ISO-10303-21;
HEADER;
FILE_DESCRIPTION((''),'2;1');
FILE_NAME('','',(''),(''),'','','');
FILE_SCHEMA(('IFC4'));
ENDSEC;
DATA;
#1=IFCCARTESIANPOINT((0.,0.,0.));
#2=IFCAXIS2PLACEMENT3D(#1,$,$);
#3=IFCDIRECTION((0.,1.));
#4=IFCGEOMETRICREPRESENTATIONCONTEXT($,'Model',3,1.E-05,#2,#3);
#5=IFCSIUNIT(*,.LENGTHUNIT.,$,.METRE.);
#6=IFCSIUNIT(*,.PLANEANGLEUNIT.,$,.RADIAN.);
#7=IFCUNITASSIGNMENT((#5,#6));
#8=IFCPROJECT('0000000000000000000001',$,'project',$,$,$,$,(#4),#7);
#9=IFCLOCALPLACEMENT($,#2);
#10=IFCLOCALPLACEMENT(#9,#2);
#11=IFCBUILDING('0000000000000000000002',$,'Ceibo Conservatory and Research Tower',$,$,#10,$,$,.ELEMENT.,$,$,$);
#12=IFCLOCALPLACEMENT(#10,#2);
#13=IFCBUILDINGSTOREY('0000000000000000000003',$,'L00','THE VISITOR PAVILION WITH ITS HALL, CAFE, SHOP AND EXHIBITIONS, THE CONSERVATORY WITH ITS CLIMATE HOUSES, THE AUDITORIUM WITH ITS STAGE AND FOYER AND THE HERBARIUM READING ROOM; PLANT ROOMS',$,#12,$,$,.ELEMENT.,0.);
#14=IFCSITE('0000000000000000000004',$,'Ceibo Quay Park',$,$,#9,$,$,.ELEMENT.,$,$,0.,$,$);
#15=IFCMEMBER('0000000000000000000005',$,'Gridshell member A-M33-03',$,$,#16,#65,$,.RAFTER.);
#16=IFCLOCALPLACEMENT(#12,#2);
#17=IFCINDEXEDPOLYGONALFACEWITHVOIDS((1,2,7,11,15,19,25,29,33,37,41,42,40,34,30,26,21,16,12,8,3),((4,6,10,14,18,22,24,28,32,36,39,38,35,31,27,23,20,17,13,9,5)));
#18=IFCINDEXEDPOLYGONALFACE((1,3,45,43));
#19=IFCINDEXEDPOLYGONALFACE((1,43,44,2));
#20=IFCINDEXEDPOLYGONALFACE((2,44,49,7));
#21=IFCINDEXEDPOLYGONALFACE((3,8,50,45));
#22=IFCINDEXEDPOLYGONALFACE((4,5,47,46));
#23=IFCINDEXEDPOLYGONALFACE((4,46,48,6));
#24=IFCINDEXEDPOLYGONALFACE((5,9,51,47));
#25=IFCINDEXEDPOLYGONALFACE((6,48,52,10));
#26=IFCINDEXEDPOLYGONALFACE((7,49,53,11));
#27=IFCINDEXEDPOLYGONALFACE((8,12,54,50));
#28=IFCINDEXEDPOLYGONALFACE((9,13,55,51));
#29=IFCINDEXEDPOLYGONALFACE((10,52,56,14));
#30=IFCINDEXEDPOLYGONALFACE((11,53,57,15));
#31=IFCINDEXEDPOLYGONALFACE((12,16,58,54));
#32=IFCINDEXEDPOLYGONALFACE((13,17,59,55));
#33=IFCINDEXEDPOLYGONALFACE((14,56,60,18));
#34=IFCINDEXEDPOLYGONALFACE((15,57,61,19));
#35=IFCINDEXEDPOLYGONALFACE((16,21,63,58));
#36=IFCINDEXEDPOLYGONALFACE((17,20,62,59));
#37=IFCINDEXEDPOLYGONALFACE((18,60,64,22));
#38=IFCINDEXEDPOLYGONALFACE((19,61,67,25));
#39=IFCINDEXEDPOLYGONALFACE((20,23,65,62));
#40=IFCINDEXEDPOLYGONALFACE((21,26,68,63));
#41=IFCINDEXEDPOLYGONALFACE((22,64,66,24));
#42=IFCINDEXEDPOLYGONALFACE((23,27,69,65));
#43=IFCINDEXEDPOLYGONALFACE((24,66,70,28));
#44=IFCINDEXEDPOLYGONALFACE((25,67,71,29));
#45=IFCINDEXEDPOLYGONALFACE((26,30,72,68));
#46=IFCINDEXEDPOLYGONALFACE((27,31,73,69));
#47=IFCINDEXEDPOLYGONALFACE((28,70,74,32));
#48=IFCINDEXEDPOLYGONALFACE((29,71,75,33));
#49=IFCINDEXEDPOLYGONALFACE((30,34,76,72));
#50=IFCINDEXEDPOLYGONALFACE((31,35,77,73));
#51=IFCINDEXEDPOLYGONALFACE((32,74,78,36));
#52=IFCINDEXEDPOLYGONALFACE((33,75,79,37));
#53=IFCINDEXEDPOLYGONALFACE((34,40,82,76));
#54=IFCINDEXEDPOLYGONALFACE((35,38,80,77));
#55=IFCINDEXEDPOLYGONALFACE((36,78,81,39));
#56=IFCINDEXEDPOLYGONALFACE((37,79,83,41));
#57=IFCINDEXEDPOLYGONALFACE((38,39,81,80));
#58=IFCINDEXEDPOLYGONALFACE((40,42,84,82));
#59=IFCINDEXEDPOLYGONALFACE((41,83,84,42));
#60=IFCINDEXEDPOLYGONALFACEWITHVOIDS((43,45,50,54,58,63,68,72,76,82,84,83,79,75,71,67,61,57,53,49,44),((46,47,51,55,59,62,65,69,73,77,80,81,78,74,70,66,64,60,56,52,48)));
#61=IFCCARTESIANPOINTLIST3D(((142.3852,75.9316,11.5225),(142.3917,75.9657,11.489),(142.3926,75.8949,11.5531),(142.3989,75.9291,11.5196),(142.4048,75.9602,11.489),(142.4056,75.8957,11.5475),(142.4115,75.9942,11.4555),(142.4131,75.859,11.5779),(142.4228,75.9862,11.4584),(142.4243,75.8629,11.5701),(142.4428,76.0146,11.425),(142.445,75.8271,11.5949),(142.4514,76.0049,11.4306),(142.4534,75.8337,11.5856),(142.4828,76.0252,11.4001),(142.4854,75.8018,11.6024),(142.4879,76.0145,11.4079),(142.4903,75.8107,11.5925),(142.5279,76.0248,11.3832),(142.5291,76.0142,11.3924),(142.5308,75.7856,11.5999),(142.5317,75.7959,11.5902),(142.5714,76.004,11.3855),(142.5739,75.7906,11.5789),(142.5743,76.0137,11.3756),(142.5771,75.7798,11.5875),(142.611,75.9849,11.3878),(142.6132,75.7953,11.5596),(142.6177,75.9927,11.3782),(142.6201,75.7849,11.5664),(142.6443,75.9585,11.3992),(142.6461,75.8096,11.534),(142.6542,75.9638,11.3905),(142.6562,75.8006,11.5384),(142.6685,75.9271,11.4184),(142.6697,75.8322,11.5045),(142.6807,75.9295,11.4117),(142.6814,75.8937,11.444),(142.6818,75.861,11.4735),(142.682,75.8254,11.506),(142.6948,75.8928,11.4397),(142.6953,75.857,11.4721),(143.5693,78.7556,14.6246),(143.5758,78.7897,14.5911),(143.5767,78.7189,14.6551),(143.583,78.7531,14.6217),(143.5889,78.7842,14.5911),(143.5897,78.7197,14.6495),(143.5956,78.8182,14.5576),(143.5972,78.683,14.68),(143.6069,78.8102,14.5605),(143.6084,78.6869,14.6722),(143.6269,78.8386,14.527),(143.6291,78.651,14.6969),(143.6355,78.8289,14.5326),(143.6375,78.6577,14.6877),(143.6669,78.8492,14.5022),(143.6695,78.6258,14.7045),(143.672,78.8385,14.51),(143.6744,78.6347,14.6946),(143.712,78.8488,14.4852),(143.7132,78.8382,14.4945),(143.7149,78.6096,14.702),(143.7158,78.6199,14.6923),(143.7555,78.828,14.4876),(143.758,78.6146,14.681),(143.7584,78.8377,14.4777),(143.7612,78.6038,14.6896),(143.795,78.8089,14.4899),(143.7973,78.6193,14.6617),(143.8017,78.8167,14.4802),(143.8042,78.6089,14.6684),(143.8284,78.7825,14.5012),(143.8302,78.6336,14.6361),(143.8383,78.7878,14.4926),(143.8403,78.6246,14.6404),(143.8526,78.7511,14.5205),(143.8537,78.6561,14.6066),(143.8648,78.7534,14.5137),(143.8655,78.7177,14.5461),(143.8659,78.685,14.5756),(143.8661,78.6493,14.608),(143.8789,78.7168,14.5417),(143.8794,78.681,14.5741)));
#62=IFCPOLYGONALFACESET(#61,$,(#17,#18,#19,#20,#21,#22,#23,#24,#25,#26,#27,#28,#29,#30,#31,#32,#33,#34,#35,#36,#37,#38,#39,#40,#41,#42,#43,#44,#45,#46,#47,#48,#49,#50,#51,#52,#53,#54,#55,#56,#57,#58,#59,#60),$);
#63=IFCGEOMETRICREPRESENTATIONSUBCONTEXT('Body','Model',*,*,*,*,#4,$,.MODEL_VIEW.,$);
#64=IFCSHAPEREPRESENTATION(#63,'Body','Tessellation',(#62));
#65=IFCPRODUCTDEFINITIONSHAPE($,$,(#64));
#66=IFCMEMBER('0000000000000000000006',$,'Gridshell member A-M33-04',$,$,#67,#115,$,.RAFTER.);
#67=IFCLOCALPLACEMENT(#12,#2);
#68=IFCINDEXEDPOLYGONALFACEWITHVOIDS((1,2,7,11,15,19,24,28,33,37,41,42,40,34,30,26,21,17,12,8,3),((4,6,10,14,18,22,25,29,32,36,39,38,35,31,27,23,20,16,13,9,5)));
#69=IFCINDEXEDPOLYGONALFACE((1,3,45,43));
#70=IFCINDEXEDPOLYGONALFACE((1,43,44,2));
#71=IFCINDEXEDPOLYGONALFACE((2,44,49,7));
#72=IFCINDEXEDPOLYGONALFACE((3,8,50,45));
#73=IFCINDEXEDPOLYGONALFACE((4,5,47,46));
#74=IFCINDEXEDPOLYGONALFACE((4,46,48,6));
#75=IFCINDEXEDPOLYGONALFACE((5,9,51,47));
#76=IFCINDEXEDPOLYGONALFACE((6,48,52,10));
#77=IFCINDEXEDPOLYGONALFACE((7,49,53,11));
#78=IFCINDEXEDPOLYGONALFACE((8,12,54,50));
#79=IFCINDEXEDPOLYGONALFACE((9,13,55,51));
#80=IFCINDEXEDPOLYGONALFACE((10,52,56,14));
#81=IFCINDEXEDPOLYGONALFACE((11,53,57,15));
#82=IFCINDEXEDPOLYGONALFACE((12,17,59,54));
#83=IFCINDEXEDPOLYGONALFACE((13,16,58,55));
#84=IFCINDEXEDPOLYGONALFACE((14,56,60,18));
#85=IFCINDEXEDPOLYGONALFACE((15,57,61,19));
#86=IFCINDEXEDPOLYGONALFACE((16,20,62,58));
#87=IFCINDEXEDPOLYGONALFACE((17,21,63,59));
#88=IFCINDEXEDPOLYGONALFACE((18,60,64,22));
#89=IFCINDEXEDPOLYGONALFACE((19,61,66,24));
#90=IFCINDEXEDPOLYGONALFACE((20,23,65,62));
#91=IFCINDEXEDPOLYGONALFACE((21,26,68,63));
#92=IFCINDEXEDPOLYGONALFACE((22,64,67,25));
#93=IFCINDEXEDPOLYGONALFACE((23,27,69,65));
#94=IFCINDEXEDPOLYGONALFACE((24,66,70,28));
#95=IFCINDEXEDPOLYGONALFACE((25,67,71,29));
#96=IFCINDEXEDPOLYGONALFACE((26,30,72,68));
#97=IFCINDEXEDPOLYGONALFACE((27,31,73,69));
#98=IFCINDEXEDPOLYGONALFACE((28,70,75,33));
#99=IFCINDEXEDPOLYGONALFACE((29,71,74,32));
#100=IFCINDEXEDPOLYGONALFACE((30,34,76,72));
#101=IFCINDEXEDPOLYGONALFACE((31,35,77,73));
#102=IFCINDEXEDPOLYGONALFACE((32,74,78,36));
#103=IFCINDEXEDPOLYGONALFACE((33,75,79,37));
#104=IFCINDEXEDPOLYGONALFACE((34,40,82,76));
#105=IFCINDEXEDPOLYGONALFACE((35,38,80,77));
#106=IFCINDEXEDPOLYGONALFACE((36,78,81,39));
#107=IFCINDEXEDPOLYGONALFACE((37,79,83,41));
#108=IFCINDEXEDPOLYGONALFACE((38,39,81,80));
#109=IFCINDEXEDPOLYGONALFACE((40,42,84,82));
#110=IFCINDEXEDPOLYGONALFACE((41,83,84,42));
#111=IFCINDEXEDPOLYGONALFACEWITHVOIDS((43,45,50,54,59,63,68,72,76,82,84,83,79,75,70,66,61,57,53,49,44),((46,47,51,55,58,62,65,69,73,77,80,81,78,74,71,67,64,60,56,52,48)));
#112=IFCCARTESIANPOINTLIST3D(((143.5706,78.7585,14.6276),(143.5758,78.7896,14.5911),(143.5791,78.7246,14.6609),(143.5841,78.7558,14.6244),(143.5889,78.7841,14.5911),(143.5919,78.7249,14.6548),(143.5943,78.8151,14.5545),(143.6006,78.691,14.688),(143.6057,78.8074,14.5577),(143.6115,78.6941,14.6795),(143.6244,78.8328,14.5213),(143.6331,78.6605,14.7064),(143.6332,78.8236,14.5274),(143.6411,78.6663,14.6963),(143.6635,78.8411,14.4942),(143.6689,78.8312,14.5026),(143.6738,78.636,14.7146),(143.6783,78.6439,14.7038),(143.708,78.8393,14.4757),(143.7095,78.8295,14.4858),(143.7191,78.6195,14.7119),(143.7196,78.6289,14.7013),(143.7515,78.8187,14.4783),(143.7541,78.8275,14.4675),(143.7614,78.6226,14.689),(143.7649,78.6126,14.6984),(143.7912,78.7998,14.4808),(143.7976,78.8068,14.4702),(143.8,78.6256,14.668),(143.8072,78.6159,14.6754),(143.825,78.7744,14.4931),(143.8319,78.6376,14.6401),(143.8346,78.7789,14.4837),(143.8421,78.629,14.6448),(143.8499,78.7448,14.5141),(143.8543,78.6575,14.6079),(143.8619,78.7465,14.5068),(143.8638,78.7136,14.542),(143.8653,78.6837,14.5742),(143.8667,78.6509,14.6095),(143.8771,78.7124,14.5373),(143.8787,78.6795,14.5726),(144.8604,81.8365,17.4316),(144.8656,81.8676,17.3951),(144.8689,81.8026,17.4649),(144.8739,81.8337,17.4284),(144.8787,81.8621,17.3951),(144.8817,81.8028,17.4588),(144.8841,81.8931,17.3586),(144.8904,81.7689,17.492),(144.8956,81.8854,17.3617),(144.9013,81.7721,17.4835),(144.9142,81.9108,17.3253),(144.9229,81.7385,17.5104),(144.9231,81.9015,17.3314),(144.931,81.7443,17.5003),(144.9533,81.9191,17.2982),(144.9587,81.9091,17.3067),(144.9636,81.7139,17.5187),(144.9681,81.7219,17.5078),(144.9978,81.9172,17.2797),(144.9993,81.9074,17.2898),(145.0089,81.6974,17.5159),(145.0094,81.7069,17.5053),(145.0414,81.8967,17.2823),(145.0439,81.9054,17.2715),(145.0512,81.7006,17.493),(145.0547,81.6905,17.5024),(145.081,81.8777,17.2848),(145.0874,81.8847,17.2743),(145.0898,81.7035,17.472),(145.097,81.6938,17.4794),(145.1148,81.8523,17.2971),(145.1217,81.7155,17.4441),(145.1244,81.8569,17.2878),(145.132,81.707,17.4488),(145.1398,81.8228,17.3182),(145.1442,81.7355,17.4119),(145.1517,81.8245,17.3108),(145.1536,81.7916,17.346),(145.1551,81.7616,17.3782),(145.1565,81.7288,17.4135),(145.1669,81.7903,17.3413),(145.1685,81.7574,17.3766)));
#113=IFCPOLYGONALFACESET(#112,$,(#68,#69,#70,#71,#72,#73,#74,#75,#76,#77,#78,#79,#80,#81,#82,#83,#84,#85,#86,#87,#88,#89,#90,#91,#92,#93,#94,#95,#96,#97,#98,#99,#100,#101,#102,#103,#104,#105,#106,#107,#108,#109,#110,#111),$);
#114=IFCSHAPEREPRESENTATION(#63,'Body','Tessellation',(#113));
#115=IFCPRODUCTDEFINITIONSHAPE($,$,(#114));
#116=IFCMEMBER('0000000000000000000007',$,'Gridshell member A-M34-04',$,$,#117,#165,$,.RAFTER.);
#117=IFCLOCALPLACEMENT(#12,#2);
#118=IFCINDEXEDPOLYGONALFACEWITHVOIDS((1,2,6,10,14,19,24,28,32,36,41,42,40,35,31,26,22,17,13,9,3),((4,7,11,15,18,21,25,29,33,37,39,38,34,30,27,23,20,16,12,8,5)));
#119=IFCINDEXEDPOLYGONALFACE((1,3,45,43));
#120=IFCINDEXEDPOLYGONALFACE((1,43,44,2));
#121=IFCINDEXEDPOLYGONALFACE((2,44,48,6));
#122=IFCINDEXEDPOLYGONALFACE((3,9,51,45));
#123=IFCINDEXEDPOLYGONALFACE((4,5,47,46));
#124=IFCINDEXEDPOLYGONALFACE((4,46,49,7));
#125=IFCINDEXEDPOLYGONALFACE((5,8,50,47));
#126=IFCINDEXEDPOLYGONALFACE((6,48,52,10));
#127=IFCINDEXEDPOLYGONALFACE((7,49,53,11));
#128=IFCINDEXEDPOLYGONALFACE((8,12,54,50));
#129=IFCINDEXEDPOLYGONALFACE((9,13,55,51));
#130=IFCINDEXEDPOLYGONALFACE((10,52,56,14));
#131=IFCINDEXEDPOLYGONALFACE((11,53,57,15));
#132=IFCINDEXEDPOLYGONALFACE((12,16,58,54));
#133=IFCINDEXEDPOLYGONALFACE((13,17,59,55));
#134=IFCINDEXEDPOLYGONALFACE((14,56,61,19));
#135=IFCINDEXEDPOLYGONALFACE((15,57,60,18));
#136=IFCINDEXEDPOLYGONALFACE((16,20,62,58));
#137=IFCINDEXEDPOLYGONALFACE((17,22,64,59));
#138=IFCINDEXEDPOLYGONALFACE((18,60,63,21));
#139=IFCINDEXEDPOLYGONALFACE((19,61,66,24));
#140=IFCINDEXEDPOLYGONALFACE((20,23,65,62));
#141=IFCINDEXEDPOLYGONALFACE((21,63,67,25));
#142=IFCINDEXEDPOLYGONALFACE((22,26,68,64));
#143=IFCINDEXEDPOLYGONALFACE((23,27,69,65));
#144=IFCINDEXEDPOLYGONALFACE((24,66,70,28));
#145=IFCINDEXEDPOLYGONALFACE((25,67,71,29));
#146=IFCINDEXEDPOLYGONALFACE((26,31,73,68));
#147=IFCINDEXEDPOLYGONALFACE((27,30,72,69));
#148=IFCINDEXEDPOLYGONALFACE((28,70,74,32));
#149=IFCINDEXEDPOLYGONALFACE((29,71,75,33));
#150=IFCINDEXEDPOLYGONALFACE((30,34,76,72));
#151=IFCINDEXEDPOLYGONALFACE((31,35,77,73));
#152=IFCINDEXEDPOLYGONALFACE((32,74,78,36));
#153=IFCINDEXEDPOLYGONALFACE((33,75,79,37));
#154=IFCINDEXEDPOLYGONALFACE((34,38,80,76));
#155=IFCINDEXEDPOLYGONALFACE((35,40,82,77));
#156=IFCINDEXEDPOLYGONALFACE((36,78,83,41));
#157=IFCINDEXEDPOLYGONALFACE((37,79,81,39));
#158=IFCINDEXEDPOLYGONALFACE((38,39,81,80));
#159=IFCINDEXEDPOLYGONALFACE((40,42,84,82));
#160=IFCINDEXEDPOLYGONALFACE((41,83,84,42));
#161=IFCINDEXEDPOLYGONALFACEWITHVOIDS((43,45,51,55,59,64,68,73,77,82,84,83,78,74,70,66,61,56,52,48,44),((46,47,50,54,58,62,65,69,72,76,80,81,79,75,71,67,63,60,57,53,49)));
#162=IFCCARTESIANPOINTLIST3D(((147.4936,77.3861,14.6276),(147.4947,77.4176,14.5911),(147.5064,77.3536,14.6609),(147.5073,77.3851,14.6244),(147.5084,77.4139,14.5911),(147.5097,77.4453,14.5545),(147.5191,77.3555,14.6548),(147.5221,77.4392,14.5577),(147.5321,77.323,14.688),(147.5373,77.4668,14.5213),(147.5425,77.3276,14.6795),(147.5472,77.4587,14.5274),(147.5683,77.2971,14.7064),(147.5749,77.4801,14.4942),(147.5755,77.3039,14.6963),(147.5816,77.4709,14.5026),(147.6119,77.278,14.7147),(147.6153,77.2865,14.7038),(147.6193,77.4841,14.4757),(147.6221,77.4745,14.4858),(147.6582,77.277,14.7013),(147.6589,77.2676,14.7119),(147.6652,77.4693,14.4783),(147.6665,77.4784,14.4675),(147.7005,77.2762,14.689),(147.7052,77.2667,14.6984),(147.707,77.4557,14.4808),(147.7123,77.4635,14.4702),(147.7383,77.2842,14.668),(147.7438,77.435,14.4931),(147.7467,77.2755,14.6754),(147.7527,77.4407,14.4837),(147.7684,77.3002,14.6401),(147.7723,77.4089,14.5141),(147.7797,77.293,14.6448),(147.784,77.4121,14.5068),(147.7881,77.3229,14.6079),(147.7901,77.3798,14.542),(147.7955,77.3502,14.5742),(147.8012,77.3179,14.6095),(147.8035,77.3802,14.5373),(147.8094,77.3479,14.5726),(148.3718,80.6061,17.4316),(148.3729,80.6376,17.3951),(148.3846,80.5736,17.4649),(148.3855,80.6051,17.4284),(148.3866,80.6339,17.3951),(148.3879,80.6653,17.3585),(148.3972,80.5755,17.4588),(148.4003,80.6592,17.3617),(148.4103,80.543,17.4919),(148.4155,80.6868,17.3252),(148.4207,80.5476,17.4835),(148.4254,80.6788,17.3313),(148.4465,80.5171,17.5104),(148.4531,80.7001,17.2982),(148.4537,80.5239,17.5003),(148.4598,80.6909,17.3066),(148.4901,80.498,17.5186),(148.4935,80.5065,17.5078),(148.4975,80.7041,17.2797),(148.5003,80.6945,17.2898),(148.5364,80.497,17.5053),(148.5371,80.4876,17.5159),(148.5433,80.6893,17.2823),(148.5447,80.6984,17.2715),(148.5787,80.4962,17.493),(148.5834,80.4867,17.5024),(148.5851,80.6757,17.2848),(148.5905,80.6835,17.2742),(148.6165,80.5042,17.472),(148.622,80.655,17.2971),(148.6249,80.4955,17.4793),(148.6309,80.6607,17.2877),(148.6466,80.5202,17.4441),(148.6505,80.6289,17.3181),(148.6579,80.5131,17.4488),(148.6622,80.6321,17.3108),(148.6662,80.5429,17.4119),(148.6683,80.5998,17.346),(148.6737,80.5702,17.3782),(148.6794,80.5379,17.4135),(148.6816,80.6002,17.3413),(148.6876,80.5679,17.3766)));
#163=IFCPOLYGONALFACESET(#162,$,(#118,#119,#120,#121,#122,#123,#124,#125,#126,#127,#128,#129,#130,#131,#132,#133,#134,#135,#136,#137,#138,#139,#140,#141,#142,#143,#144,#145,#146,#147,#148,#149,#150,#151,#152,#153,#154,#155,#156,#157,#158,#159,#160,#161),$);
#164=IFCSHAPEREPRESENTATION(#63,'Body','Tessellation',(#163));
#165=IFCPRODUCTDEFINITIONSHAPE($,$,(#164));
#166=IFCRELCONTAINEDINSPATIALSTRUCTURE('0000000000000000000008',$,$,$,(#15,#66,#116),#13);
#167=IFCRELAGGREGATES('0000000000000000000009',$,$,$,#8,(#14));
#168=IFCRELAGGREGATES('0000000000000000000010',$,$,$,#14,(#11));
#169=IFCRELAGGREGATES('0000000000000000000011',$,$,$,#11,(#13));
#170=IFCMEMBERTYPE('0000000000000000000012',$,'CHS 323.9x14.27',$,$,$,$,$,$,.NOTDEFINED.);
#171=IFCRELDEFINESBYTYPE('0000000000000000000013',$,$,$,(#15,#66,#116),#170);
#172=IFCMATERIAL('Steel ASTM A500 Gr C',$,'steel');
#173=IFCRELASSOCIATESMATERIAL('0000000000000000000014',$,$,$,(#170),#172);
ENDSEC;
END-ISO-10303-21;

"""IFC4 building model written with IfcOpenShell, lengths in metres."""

from ifc_helpers import new_model, si_unit, direction, frame, origin, origin_2d, place, context, subcontext, project, spatial, hollow_circle, extrude, material, material_profile, profile_set, type_object, element, save


model = new_model("IFC4")

# Units and contexts
model_context = context("Model", 3, precision=1e-05, world=origin(), true_north=direction((0.0, 1.0)))
body_context = subcontext(model_context, "Body", "Model", "MODEL_VIEW")
ifc_project = project(units=[si_unit("LENGTHUNIT", "METRE"), si_unit("PLANEANGLEUNIT", "RADIAN")], contexts=[model_context])

# Site, building, storey
site_placement = place(None, origin())
site = spatial("IfcSite", under=ifc_project, at=site_placement, Name="Ceibo Quay Park", CompositionType="ELEMENT", RefElevation=0.0)
building_placement = place(site_placement, origin())
building = spatial("IfcBuilding", under=site, at=building_placement, Name="Ceibo Conservatory and Research Tower", CompositionType="ELEMENT")
storey_placement = place(building_placement, origin())
storey = spatial("IfcBuildingStorey", under=building, at=storey_placement, Name="L00", Description="THE VISITOR PAVILION WITH ITS HALL, CAFE, SHOP AND EXHIBITIONS, THE CONSERVATORY WITH ITS CLIMATE HOUSES, THE AUDITORIUM WITH ITS STAGE AND FOYER AND THE HERBARIUM READING ROOM; PLANT ROOMS", CompositionType="ELEMENT", Elevation=0.0)

# Members
ifc_material_1 = material(Name="Steel ASTM A500 Gr C", Category="steel")
ifc_material_profile_1 = material_profile(ifc_material_1, hollow_circle(Radius=0.1619, WallThickness=0.0142, at=origin_2d()), Name="CHS 323.9x14.27")
ifc_profile_set_1 = profile_set([ifc_material_profile_1], Name="Steel ASTM A500 Gr C")
member_type_1 = type_object("IfcMemberType", Name="CHS 323.9x14.27", PredefinedType="NOTDEFINED", material=ifc_profile_set_1)
for number, where, z_axis, x_axis, name in (
    (1, (142.541, 75.9031, 11.489), (0.27165, 0.647871, 0.711667), (-0.922214, 0.386681, 0.0), "Gridshell member A-M33-03"),
    (2, (143.7251, 78.7271, 14.5911), (0.295906, 0.706131, 0.643287), (-0.922294, 0.38649, 0.0), "Gridshell member A-M33-04"),
):
    element("IfcMember", number, at=place(storey_placement, frame(where, z_axis=z_axis, x_axis=x_axis)), inside=storey, type_object=member_type_1, Name=name, PredefinedType="RAFTER", context=body_context, shape_type="SweptSolid", body=[
        extrude(hollow_circle(Radius=0.1619, WallThickness=0.0142, at=origin_2d()), origin(), (0.0, 0.0, 1.0), 4.3589),
    ])
member_1_placement = place(storey_placement, frame((147.6509, 77.375, 14.5911), z_axis=(0.201459, 0.738682, 0.643245), x_axis=(-0.964764, 0.263117, 0.0)))
element("IfcMember", 3, at=member_1_placement, inside=storey, type_object=member_type_1, Name="Gridshell member A-M34-04", PredefinedType="RAFTER", context=body_context, shape_type="SweptSolid", body=[
    extrude(hollow_circle(Radius=0.1619, WallThickness=0.0142, at=origin_2d()), origin(), (0.0, 0.0, 1.0), 4.3591),
])

save(model, "model.ifc")
